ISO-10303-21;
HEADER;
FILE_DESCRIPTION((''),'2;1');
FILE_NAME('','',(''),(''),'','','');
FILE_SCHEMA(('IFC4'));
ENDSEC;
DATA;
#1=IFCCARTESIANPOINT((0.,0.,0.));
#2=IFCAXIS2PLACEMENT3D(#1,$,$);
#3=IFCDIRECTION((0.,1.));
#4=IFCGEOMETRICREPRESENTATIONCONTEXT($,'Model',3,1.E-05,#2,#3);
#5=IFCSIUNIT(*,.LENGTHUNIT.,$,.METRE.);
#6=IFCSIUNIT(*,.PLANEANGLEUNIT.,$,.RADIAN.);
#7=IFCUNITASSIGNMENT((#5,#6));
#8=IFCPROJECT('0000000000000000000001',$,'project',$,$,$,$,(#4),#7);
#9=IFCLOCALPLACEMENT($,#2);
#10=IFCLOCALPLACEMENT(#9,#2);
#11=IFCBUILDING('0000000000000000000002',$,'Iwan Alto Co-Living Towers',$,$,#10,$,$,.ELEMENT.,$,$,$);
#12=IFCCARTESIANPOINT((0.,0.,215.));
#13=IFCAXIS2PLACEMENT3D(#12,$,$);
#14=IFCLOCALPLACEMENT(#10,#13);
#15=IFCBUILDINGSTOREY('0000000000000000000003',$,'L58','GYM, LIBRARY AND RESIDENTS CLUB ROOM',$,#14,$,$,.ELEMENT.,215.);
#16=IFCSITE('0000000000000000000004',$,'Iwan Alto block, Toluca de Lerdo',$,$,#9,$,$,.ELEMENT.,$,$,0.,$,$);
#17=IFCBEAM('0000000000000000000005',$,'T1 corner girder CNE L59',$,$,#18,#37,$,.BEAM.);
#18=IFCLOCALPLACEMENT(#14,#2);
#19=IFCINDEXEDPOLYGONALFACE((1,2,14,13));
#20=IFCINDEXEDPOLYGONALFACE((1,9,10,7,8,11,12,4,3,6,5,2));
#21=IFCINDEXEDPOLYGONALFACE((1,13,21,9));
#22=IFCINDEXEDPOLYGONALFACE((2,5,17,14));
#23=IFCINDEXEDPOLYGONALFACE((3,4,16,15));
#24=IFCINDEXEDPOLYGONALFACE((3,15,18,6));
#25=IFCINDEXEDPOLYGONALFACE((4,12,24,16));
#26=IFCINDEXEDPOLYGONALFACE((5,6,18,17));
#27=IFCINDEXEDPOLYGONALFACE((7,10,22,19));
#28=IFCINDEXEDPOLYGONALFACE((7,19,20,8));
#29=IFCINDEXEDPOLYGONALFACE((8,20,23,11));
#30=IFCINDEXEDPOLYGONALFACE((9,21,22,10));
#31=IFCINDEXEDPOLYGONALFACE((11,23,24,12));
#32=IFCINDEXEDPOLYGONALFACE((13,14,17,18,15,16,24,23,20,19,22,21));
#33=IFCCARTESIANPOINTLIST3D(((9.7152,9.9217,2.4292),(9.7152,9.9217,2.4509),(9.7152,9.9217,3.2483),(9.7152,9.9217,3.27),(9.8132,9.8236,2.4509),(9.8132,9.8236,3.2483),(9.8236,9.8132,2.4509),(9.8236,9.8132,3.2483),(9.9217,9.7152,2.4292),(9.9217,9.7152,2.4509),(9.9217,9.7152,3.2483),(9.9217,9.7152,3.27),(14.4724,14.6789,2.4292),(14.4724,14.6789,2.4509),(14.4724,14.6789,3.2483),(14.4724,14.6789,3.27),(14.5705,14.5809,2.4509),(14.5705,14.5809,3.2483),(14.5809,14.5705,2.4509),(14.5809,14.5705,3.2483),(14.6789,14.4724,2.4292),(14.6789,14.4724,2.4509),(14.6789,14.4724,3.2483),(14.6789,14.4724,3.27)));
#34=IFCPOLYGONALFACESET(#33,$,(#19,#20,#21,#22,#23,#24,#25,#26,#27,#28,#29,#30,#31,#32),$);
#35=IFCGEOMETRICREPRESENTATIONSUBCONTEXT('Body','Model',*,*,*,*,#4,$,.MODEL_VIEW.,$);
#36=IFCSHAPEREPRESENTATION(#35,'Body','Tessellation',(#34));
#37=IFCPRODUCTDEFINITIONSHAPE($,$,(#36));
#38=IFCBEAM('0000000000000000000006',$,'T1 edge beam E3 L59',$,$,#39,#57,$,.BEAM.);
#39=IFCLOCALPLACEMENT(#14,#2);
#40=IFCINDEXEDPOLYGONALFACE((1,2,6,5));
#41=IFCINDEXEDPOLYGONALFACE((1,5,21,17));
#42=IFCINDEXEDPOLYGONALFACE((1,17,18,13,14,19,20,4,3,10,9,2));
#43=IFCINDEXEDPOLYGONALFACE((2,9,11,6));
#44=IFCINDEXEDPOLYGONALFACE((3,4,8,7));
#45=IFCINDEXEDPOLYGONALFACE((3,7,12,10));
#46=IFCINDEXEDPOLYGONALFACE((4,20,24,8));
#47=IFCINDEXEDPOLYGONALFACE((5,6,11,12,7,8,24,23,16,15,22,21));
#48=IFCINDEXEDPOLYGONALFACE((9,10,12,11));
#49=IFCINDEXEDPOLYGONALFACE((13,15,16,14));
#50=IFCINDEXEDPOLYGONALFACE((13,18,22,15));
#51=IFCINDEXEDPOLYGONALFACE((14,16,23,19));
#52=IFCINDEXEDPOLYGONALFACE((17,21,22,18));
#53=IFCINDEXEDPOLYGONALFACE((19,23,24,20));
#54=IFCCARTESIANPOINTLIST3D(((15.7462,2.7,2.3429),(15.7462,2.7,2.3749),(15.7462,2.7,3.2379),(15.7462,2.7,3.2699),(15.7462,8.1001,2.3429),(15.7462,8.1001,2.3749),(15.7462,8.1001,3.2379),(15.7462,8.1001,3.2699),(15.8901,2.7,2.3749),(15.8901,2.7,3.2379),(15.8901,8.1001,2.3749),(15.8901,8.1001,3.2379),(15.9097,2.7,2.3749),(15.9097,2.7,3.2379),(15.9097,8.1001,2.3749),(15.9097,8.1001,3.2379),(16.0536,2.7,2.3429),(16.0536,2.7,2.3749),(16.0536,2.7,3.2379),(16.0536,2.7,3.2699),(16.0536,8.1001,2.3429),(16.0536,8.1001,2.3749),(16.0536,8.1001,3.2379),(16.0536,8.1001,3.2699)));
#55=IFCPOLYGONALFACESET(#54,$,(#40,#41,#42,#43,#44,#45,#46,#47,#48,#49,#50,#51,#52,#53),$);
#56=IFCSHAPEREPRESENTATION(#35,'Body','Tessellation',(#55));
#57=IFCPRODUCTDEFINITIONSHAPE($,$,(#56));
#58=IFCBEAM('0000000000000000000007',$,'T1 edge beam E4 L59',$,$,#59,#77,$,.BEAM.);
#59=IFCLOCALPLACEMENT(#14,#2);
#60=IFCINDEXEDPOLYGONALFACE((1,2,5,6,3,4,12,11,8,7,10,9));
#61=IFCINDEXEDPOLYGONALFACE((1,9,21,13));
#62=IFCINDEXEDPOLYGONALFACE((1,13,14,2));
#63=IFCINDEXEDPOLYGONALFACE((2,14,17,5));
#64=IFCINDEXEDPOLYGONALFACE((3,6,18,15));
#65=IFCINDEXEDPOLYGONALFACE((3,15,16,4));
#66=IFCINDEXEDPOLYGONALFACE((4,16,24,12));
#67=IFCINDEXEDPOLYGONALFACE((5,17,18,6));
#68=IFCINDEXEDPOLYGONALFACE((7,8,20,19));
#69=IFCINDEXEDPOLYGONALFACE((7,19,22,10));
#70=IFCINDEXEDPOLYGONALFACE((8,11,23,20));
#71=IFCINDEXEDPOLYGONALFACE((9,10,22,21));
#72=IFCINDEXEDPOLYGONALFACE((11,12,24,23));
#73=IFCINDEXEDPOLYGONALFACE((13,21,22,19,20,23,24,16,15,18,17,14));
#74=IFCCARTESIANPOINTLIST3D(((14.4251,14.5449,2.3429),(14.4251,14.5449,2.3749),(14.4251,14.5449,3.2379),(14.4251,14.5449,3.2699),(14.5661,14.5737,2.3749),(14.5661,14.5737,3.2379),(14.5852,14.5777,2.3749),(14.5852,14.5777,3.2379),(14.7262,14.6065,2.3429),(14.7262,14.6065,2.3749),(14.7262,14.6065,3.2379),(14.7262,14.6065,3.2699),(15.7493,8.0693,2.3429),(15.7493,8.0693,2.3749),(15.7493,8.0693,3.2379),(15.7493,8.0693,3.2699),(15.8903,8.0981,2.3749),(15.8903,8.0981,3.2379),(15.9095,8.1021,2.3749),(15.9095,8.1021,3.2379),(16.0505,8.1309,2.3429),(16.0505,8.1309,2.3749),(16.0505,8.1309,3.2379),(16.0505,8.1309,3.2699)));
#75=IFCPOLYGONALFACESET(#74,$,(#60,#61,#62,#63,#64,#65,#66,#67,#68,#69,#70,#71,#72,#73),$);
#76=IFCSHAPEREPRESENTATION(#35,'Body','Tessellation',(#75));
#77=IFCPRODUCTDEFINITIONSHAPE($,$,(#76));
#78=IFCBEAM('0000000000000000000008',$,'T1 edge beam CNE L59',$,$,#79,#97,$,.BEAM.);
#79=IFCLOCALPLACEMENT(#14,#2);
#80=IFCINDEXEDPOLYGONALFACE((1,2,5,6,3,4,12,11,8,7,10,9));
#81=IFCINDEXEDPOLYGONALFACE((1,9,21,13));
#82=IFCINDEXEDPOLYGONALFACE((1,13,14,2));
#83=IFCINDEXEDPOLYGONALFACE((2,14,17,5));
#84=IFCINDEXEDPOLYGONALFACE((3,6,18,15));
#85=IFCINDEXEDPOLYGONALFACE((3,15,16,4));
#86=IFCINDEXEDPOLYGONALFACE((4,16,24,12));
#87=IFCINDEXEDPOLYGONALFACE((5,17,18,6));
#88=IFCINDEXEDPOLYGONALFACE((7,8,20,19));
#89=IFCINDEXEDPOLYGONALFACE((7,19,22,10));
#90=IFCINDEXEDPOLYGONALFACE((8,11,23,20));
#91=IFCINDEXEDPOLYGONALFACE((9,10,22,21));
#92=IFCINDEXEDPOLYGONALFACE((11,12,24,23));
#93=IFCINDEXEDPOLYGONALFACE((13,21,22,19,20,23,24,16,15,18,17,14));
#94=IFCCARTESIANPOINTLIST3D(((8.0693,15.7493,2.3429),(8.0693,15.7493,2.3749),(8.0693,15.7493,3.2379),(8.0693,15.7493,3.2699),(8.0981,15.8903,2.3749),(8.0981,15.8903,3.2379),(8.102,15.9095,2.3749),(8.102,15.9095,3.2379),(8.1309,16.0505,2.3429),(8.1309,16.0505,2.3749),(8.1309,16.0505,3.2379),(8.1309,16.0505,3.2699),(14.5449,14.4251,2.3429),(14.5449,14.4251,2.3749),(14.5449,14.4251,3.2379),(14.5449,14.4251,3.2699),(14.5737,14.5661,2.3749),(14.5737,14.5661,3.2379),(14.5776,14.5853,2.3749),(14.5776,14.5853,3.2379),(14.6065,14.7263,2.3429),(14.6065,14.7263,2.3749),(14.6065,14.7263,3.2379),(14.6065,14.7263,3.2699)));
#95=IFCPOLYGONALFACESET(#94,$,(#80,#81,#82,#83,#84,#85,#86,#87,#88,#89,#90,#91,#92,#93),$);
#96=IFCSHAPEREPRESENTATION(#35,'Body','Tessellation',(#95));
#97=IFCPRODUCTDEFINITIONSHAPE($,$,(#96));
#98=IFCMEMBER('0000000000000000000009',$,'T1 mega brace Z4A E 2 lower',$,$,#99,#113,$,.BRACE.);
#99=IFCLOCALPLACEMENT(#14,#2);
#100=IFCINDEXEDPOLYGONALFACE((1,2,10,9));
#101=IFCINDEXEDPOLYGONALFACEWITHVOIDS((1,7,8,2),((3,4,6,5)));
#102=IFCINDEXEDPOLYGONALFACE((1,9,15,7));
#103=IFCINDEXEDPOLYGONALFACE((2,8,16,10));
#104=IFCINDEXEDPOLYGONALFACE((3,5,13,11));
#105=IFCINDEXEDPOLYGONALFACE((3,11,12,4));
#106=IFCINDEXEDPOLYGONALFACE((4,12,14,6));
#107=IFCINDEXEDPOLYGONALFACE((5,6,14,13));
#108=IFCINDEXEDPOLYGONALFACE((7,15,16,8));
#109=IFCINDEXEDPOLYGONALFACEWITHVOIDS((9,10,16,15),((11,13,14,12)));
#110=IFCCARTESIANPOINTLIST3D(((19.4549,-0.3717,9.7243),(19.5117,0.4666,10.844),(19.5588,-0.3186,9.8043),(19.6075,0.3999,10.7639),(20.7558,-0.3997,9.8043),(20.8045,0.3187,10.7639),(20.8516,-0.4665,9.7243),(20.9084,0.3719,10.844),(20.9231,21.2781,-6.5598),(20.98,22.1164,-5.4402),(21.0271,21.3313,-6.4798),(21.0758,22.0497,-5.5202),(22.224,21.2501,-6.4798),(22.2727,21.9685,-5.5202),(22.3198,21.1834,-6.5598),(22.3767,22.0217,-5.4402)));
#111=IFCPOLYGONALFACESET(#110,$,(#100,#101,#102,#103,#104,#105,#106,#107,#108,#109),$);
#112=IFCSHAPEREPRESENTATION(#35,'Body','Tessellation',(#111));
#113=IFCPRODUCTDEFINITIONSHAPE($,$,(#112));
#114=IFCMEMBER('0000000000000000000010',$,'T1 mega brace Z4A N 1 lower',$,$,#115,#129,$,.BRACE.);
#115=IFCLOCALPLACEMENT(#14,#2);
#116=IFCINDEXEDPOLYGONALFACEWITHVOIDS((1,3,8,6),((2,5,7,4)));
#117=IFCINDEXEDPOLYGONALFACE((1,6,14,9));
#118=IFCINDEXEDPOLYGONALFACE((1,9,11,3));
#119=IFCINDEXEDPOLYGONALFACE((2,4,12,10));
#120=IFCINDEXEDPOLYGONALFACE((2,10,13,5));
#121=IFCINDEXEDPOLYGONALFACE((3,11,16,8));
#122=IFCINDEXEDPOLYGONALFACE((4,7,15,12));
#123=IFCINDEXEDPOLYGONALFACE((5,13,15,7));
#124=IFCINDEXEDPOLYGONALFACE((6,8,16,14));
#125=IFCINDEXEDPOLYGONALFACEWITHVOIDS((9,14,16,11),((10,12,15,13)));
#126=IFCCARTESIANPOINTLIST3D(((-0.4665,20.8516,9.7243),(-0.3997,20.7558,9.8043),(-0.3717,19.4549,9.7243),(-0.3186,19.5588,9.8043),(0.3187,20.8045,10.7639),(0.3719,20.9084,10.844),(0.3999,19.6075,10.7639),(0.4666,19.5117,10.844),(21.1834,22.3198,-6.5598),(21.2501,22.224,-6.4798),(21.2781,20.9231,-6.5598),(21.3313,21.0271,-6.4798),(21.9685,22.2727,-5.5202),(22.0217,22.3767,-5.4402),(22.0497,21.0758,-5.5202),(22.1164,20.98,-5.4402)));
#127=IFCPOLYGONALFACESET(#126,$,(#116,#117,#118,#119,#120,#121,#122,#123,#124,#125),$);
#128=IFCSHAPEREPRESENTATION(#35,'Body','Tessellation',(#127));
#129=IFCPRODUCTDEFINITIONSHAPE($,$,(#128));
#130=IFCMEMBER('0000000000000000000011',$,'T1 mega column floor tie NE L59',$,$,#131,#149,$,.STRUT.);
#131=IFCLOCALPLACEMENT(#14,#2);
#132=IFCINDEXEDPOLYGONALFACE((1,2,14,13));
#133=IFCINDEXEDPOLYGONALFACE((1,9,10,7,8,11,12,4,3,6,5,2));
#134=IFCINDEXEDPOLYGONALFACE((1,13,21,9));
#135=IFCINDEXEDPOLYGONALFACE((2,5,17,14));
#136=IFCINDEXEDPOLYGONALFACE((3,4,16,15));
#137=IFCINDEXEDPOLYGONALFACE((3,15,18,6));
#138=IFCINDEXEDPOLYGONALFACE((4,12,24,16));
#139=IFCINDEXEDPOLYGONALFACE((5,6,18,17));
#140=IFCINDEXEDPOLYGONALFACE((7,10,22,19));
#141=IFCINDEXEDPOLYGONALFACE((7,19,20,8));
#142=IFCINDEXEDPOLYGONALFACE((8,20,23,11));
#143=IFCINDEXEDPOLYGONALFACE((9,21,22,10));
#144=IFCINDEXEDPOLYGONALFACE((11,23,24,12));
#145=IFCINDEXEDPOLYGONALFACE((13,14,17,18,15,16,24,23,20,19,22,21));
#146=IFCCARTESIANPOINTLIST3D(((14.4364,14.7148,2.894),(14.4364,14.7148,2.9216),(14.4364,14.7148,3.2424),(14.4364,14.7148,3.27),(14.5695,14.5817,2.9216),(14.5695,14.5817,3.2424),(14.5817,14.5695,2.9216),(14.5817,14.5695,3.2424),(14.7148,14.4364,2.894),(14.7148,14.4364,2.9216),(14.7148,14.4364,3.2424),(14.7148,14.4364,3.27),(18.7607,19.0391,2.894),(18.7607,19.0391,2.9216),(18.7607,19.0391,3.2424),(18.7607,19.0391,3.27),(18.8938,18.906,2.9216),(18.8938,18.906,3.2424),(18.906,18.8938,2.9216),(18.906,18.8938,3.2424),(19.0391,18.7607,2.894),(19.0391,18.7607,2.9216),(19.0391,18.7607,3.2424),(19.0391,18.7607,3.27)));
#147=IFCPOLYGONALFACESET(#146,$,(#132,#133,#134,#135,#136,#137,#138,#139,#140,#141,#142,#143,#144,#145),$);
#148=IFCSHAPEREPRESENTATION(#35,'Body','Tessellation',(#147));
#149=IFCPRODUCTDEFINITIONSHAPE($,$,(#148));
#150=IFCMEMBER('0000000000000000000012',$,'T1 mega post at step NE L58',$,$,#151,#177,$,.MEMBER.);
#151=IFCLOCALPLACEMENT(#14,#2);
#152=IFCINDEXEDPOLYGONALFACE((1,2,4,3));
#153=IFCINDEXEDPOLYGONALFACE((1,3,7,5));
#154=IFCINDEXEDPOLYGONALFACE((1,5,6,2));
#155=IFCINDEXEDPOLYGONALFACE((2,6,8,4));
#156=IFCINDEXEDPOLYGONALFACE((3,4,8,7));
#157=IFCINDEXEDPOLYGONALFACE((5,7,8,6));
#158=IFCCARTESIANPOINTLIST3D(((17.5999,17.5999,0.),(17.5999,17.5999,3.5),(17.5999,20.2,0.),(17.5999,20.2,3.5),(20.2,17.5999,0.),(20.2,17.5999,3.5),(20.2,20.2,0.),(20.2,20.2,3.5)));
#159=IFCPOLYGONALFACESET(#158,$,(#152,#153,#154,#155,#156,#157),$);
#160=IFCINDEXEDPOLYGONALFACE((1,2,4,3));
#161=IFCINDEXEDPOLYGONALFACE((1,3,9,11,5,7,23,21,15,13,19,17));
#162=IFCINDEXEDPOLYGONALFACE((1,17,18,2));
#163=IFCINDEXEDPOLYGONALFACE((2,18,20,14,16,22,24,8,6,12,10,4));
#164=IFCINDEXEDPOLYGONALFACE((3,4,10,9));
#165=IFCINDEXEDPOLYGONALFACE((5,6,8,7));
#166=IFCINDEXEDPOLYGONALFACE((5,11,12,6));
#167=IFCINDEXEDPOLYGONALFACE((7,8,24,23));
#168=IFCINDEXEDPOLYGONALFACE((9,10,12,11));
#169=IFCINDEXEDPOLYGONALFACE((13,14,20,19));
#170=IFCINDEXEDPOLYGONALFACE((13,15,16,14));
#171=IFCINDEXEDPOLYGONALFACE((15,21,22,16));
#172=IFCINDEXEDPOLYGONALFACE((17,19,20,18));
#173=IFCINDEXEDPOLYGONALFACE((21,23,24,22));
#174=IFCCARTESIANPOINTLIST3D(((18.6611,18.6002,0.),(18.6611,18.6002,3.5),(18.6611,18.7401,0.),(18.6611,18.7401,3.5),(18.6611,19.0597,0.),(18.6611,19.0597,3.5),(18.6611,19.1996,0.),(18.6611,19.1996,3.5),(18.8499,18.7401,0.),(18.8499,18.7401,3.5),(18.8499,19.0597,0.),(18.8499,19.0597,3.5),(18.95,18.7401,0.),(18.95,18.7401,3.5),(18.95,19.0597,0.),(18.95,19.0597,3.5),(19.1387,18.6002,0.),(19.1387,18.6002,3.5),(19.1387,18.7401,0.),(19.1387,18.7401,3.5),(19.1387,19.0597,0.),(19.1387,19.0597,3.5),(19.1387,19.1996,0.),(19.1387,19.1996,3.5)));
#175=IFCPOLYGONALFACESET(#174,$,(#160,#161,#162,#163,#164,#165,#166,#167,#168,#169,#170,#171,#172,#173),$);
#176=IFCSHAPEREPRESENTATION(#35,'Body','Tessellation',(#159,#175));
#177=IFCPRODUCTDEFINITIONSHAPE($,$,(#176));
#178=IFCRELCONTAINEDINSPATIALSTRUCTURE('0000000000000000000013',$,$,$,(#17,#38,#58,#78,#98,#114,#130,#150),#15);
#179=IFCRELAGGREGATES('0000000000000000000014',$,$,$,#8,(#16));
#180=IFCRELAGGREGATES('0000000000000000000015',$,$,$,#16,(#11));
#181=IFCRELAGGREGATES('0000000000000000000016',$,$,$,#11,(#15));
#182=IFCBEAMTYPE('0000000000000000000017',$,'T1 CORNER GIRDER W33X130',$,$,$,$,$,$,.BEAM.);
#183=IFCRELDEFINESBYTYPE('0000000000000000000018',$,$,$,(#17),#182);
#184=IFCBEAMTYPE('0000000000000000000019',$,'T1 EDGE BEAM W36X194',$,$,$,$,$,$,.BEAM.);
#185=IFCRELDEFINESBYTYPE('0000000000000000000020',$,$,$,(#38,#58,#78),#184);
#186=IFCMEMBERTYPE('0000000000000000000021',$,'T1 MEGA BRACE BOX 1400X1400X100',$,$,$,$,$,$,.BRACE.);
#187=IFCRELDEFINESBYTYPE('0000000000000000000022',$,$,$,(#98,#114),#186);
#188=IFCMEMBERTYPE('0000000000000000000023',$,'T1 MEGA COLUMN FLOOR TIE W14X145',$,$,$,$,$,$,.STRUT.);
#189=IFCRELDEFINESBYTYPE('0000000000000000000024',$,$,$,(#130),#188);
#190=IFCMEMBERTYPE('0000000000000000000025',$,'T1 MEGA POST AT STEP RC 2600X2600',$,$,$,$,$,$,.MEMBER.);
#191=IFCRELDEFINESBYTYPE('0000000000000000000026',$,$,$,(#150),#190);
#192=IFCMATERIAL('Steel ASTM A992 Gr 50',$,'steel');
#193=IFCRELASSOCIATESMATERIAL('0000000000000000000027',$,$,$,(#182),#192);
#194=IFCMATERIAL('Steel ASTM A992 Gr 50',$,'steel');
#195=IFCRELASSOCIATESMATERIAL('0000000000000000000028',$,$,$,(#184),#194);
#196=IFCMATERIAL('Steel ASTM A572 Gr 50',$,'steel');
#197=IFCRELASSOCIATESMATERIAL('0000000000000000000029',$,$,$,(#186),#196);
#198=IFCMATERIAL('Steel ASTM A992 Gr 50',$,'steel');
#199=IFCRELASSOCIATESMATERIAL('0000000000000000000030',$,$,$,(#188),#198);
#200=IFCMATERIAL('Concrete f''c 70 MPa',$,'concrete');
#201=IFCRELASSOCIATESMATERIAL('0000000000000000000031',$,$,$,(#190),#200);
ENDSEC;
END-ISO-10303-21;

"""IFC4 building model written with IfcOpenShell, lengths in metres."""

from ifc_helpers import new_model, si_unit, direction, frame, origin, origin_2d, place, context, subcontext, project, spatial, rectangle, hollow_rectangle, i_section, extrude, material, material_profile, profile_set, type_object, element, save


model = new_model("IFC4")

# Units and contexts
model_context = context("Model", 3, precision=1e-05, world=origin(), true_north=direction((0.0, 1.0)))
body_context = subcontext(model_context, "Body", "Model", "MODEL_VIEW")
ifc_project = project(units=[si_unit("LENGTHUNIT", "METRE"), si_unit("PLANEANGLEUNIT", "RADIAN")], contexts=[model_context])

# Site, building, storey
site_placement = place(None, origin())
site = spatial("IfcSite", under=ifc_project, at=site_placement, Name="Iwan Alto block, Toluca de Lerdo", CompositionType="ELEMENT", RefElevation=0.0)
building_placement = place(site_placement, origin())
building = spatial("IfcBuilding", under=site, at=building_placement, Name="Iwan Alto Co-Living Towers", CompositionType="ELEMENT")
storey_placement = place(building_placement, frame((0.0, 0.0, 215.0)))
storey = spatial("IfcBuildingStorey", under=building, at=storey_placement, Name="L58", Description="GYM, LIBRARY AND RESIDENTS CLUB ROOM", CompositionType="ELEMENT", Elevation=215.0)

# Beams
ifc_material_1 = material(Name="Steel ASTM A992 Gr 50", Category="steel")
ifc_material_profile_1 = material_profile(ifc_material_1, i_section(OverallWidth=0.292, OverallDepth=0.8408, WebThickness=0.0146, FlangeThickness=0.0217, at=origin_2d()), Name="W33X130")
ifc_profile_set_1 = profile_set([ifc_material_profile_1], Name="Steel ASTM A992 Gr 50")
beam_type_1 = type_object("IfcBeamType", Name="T1 CORNER GIRDER W33X130", PredefinedType="BEAM", material=ifc_profile_set_1)
beam_1_placement = place(storey_placement, frame((14.5757, 14.5757, 2.8496), z_axis=(-0.707107, -0.707107, 0.0), x_axis=(0.707107, -0.707107, 0.0)))
element("IfcBeam", 1, at=beam_1_placement, inside=storey, type_object=beam_type_1, Name="T1 corner girder CNE L59", PredefinedType="BEAM", context=body_context, shape_type="SweptSolid", body=[
    extrude(i_section(OverallWidth=0.292, OverallDepth=0.8408, WebThickness=0.0146, FlangeThickness=0.0217, at=origin_2d()), origin(), (0.0, 0.0, 1.0), 6.7278),
])
ifc_material_2 = material(Name="Steel ASTM A992 Gr 50", Category="steel")
ifc_material_profile_2 = material_profile(ifc_material_2, i_section(OverallWidth=0.3074, OverallDepth=0.927, WebThickness=0.0195, FlangeThickness=0.032, at=origin_2d()), Name="W36X194")
ifc_profile_set_2 = profile_set([ifc_material_profile_2], Name="Steel ASTM A992 Gr 50")
beam_type_2 = type_object("IfcBeamType", Name="T1 EDGE BEAM W36X194", PredefinedType="BEAM", material=ifc_profile_set_2)
beam_2_placement = place(storey_placement, frame((15.8999, 2.7, 2.8064), z_axis=(0.0, 1.0, 0.0), x_axis=(-1.0, 0.0, 0.0)))
element("IfcBeam", 2, at=beam_2_placement, inside=storey, type_object=beam_type_2, Name="T1 edge beam E3 L59", PredefinedType="BEAM", context=body_context, shape_type="SweptSolid", body=[
    extrude(i_section(OverallWidth=0.3074, OverallDepth=0.927, WebThickness=0.0195, FlangeThickness=0.032, at=origin_2d()), origin(), (0.0, 0.0, 1.0), 5.4001),
])
for number, where, z_axis, x_axis, name in (
    (3, (15.8999, 8.1001, 2.8064), (-0.200348, 0.979725, 0.0), (-0.979725, -0.200348, 0.0), "T1 edge beam E4 L59"),
    (4, (14.5757, 14.5757, 2.8064), (-0.979725, 0.200348, 0.0), (-0.200348, -0.979725, 0.0), "T1 edge beam CNE L59"),
):
    element("IfcBeam", number, at=place(storey_placement, frame(where, z_axis=z_axis, x_axis=x_axis)), inside=storey, type_object=beam_type_2, Name=name, PredefinedType="BEAM", context=body_context, shape_type="SweptSolid", body=[
        extrude(i_section(OverallWidth=0.3074, OverallDepth=0.927, WebThickness=0.0195, FlangeThickness=0.032, at=origin_2d()), origin(), (0.0, 0.0, 1.0), 6.6096),
    ])

# Members
ifc_material_3 = material(Name="Steel ASTM A572 Gr 50", Category="steel")
ifc_material_profile_3 = material_profile(ifc_material_3, hollow_rectangle(XDim=1.3999, YDim=1.3999, WallThickness=0.1001, at=origin_2d()), Name="BOX 1400X1400X100")
ifc_profile_set_3 = profile_set([ifc_material_profile_3], Name="Steel ASTM A572 Gr 50")
member_type_1 = type_object("IfcMemberType", Name="T1 MEGA BRACE BOX 1400X1400X100", PredefinedType="BRACE", material=ifc_profile_set_3)
for number, where, z_axis, x_axis, name in (
    (5, (21.6499, 21.6499, -6.0), (-0.054119, -0.798, 0.600223), (0.997708, -0.067663, 0.0), "T1 mega brace Z4A E 2 lower"),
    (6, (21.6499, 21.6499, -6.0), (-0.798, -0.054119, 0.600223), (0.067663, -0.997708, 0.0), "T1 mega brace Z4A N 1 lower"),
):
    element("IfcMember", number, at=place(storey_placement, frame(where, z_axis=z_axis, x_axis=x_axis)), inside=storey, type_object=member_type_1, Name=name, PredefinedType="BRACE", context=body_context, shape_type="SweptSolid", body=[
        extrude(hollow_rectangle(XDim=1.3999, YDim=1.3999, WallThickness=0.1001, at=origin_2d()), origin(), (0.0, 0.0, 1.0), 27.1301),
    ])
ifc_material_4 = material(Name="Steel ASTM A992 Gr 50", Category="steel")
ifc_material_profile_4 = material_profile(ifc_material_4, i_section(OverallWidth=0.3938, OverallDepth=0.376, WebThickness=0.0173, FlangeThickness=0.0276, at=origin_2d()), Name="W14X145")
ifc_profile_set_4 = profile_set([ifc_material_profile_4], Name="Steel ASTM A992 Gr 50")
member_type_2 = type_object("IfcMemberType", Name="T1 MEGA COLUMN FLOOR TIE W14X145", PredefinedType="STRUT", material=ifc_profile_set_4)
member_1_placement = place(storey_placement, frame((18.8999, 18.8999, 3.082), z_axis=(-0.707107, -0.707107, 0.0), x_axis=(0.707107, -0.707107, 0.0)))
element("IfcMember", 7, at=member_1_placement, inside=storey, type_object=member_type_2, Name="T1 mega column floor tie NE L59", PredefinedType="STRUT", context=body_context, shape_type="SweptSolid", body=[
    extrude(i_section(OverallWidth=0.3938, OverallDepth=0.376, WebThickness=0.0173, FlangeThickness=0.0276, at=origin_2d()), origin(), (0.0, 0.0, 1.0), 6.1155),
])
ifc_material_5 = material(Name="Concrete f'c 70 MPa", Category="concrete")
ifc_material_profile_5 = material_profile(ifc_material_5, rectangle(XDim=2.6001, YDim=2.6001, at=origin_2d()), Name="RC 2600X2600")
ifc_profile_set_5 = profile_set([ifc_material_profile_5], Name="Concrete f'c 70 MPa")
member_type_3 = type_object("IfcMemberType", Name="T1 MEGA POST AT STEP RC 2600X2600", PredefinedType="MEMBER", material=ifc_profile_set_5)
member_2_placement = place(storey_placement, frame((18.8999, 18.8999, 0.0), z_axis=(0.0, 0.0, 1.0), x_axis=(1.0, 0.0, 0.0)))
element("IfcMember", 8, at=member_2_placement, inside=storey, type_object=member_type_3, Name="T1 mega post at step NE L58", PredefinedType="MEMBER", context=body_context, shape_type="SweptSolid", body=[
    extrude(rectangle(XDim=2.6001, YDim=2.6001, at=origin_2d()), origin(), (0.0, 0.0, 1.0), 3.5),
    extrude(i_section(OverallWidth=0.4775, OverallDepth=0.5994, WebThickness=0.1001, FlangeThickness=0.1399, at=origin_2d()), origin(), (0.0, 0.0, 1.0), 3.5),
])

save(model, "model.ifc")
